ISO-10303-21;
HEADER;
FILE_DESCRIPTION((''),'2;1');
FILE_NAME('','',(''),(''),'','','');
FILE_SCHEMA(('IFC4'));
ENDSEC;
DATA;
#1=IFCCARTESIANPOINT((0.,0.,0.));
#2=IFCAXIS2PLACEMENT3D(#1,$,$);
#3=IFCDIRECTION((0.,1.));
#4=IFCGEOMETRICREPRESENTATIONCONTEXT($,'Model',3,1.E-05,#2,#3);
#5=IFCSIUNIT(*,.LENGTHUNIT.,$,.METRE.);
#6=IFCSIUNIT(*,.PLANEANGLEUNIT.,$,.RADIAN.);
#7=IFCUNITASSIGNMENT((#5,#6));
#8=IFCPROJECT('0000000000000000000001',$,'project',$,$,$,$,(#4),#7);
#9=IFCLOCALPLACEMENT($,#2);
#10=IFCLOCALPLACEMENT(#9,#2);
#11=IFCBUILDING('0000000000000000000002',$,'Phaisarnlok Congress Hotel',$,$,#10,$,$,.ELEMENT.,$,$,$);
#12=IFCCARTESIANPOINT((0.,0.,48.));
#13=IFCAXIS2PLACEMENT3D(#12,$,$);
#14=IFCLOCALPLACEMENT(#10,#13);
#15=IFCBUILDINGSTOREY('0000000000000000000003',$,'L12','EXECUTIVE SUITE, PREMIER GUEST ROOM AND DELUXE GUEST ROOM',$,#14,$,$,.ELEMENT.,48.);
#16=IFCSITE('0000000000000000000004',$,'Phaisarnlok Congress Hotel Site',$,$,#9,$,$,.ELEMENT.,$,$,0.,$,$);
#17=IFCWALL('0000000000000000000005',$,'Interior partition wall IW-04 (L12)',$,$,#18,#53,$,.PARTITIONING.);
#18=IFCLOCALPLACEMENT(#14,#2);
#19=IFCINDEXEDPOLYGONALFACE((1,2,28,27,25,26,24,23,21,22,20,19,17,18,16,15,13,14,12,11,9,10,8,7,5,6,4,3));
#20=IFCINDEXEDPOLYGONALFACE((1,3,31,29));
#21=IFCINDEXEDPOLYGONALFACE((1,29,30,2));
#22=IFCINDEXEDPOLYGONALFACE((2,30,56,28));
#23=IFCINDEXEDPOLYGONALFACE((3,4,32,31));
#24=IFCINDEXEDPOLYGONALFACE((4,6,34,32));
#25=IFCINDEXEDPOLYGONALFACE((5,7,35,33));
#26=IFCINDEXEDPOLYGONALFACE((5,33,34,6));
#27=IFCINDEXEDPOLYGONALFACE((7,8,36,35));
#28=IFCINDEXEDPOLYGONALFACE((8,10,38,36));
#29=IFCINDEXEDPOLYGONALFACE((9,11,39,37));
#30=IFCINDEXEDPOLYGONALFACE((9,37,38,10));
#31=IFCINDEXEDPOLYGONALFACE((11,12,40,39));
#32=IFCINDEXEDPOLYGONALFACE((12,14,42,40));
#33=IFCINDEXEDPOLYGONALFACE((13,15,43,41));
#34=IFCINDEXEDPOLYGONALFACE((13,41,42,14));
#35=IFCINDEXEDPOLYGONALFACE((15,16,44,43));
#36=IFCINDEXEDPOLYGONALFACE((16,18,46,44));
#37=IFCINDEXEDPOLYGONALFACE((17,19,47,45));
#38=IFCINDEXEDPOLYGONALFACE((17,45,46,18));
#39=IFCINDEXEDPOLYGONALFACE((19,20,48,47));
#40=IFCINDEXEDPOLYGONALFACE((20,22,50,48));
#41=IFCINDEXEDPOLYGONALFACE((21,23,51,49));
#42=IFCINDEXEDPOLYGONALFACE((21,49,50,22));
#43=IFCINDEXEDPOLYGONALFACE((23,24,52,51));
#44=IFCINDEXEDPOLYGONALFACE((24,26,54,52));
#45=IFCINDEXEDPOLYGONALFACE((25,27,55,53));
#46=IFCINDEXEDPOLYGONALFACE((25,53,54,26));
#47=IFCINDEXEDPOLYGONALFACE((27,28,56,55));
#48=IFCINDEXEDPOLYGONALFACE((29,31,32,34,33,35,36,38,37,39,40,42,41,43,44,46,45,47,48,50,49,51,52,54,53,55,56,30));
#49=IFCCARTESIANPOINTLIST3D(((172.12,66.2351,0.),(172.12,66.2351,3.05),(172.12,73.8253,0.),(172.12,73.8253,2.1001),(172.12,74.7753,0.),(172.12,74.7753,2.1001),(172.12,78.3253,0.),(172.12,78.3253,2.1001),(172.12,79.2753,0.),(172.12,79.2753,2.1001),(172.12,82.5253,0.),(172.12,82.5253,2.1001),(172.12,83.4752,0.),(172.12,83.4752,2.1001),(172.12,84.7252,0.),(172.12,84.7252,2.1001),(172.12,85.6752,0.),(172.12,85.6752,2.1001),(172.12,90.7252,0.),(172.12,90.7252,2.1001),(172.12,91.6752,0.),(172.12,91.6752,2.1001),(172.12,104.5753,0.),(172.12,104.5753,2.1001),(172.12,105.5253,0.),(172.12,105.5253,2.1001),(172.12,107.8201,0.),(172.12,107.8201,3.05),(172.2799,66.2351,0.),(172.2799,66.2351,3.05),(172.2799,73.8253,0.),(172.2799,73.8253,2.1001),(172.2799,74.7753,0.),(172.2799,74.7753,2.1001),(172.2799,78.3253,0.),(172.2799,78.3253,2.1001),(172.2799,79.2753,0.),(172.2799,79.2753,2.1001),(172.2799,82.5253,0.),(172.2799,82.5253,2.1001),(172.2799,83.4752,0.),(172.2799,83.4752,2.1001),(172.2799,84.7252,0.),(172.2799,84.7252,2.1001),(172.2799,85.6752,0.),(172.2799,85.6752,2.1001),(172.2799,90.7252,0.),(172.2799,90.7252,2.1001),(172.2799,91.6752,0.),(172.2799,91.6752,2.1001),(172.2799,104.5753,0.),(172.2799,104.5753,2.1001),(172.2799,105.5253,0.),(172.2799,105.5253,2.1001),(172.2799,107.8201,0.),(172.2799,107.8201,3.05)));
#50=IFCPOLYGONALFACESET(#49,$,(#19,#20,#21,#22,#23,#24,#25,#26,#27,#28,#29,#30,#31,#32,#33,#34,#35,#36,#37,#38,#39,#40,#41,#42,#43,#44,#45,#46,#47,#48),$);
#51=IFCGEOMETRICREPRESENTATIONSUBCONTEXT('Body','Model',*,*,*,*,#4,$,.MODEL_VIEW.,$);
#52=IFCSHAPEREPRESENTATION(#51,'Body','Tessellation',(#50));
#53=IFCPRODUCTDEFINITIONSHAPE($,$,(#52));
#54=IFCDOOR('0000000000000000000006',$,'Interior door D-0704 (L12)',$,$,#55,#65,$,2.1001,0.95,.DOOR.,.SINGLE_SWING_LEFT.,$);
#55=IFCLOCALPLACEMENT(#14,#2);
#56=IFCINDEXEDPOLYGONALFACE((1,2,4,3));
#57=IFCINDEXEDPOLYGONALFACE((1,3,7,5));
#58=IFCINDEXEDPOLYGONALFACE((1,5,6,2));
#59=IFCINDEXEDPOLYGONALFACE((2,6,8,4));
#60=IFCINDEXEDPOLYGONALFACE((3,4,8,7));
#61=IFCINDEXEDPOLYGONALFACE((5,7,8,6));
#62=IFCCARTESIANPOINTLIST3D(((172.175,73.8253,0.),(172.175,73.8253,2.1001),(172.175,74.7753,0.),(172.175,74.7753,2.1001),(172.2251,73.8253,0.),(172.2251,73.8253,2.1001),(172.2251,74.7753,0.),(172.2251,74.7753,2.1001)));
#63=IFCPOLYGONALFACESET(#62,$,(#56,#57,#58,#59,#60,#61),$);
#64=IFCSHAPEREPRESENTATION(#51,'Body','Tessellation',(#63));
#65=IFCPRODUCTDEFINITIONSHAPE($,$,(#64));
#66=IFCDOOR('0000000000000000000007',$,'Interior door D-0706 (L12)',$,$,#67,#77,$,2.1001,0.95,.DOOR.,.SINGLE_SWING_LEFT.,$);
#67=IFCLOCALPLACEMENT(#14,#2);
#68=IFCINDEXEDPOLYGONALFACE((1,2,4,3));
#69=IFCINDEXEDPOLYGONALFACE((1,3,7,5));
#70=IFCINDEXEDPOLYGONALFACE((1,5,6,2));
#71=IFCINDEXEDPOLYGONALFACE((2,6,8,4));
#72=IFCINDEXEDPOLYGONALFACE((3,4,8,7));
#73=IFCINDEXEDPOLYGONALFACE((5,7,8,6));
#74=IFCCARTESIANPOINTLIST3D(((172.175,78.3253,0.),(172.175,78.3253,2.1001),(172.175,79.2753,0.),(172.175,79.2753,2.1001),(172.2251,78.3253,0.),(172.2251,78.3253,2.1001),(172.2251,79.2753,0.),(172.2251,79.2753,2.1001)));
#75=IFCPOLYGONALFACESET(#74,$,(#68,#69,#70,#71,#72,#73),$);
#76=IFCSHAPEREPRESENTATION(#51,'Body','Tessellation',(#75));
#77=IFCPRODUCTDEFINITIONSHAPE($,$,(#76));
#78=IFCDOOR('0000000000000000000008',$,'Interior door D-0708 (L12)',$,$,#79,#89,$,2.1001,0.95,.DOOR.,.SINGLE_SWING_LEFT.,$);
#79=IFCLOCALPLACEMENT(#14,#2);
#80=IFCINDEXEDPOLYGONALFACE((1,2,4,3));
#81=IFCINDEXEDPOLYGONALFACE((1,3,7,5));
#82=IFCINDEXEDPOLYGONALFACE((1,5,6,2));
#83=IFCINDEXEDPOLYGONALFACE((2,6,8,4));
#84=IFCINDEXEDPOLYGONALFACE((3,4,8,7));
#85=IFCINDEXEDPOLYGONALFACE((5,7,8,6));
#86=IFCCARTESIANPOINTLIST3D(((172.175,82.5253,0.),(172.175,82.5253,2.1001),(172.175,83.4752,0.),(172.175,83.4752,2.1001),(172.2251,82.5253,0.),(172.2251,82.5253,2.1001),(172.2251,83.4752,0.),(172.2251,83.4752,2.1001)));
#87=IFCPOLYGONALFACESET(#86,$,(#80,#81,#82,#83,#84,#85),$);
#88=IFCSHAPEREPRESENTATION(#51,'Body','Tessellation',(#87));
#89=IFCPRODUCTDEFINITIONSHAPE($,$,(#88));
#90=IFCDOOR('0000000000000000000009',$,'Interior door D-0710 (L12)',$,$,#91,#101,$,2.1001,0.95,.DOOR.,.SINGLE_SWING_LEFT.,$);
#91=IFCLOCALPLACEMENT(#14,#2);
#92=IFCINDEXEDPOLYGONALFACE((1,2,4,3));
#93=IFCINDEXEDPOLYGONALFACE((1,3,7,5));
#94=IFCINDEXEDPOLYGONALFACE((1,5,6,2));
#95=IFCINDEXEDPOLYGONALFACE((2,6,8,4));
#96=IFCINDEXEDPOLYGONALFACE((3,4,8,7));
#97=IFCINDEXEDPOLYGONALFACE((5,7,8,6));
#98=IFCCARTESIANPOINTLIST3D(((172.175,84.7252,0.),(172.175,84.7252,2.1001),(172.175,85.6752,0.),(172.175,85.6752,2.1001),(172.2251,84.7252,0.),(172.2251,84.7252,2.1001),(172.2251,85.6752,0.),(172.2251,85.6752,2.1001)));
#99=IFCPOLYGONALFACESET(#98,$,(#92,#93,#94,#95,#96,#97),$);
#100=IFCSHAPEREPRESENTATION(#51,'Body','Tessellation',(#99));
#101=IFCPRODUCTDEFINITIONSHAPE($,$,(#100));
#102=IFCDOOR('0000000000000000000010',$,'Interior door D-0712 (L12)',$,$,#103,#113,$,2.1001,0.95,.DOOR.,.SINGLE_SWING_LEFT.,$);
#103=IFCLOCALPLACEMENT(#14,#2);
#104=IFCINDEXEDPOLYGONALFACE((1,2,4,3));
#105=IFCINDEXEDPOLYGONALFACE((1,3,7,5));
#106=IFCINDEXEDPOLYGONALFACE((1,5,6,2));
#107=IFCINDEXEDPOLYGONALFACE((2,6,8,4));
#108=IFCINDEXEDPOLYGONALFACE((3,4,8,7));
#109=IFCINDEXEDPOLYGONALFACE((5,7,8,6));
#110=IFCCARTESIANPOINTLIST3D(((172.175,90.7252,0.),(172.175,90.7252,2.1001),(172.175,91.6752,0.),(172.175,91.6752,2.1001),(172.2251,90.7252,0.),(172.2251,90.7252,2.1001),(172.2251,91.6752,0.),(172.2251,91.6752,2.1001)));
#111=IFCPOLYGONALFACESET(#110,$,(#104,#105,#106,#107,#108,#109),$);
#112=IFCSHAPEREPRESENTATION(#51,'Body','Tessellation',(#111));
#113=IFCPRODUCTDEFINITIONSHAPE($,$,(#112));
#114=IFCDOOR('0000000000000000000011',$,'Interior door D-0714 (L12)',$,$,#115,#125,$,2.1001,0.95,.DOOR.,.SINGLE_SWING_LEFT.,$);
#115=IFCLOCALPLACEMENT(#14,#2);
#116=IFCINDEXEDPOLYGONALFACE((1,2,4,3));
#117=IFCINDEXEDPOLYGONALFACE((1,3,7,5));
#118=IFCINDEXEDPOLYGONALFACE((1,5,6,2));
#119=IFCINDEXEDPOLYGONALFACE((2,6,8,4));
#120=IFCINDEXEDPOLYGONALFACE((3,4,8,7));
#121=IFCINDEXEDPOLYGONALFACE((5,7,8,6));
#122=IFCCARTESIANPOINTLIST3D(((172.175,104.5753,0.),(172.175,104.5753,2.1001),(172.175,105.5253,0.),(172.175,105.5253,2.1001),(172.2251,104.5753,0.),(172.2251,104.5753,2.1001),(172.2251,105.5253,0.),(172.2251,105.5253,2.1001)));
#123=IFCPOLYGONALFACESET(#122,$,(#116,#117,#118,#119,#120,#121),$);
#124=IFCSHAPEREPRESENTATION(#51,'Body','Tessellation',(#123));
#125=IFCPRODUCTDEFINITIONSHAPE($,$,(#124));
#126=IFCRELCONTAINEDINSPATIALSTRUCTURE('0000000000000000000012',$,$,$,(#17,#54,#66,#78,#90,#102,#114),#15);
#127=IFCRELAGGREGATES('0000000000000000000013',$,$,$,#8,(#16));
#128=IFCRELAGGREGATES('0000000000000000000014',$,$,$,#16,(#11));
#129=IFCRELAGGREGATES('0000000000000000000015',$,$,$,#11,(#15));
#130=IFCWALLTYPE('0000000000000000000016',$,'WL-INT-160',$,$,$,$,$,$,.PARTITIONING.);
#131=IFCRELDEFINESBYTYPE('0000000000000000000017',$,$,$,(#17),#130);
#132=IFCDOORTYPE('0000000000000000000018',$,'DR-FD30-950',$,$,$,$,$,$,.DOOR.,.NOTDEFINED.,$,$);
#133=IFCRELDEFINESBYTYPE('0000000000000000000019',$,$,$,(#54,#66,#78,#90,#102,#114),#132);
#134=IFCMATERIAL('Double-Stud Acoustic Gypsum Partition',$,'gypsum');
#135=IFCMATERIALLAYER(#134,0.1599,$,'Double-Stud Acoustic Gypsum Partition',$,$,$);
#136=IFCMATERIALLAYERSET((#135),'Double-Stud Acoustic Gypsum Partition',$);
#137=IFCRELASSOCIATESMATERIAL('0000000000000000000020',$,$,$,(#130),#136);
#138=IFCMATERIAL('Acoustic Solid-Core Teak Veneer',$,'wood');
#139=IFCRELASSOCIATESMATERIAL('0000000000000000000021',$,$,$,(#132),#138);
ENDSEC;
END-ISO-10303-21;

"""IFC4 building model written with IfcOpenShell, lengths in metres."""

from ifc_helpers import new_model, si_unit, direction, frame, frame_2d, origin, place, context, subcontext, project, spatial, rectangle, extrude, material, layer, layer_set, type_object, element, fill, save


model = new_model("IFC4")

# Units and contexts
model_context = context("Model", 3, precision=1e-05, world=origin(), true_north=direction((0.0, 1.0)))
body_context = subcontext(model_context, "Body", "Model", "MODEL_VIEW")
ifc_project = project(units=[si_unit("LENGTHUNIT", "METRE"), si_unit("PLANEANGLEUNIT", "RADIAN")], contexts=[model_context])

# Site, building, storey
site_placement = place(None, origin())
site = spatial("IfcSite", under=ifc_project, at=site_placement, Name="Phaisarnlok Congress Hotel Site", CompositionType="ELEMENT", RefElevation=0.0)
building_placement = place(site_placement, origin())
building = spatial("IfcBuilding", under=site, at=building_placement, Name="Phaisarnlok Congress Hotel", CompositionType="ELEMENT")
storey_placement = place(building_placement, frame((0.0, 0.0, 48.0)))
storey = spatial("IfcBuildingStorey", under=building, at=storey_placement, Name="L12", Description="EXECUTIVE SUITE, PREMIER GUEST ROOM AND DELUXE GUEST ROOM", CompositionType="ELEMENT", Elevation=48.0)

# Wall, openings, doors
ifc_material_1 = material(Name="Double-Stud Acoustic Gypsum Partition", Category="gypsum")
ifc_layer_1 = layer(ifc_material_1, 0.1599, Name="Double-Stud Acoustic Gypsum Partition")
ifc_layer_set_1 = layer_set([ifc_layer_1], Name="Double-Stud Acoustic Gypsum Partition")
wall_type_1 = type_object("IfcWallType", Name="WL-INT-160", PredefinedType="PARTITIONING", material=ifc_layer_set_1)
wall_1_placement = place(storey_placement, frame((172.2, 66.2351, 0.0), z_axis=(0.0, 0.0, 1.0), x_axis=(0.0, 1.0, 0.0)))
wall_1 = element("IfcWall", 1, at=wall_1_placement, inside=storey, type_object=wall_type_1, Name="Interior partition wall IW-04 (L12)", PredefinedType="PARTITIONING", context=body_context, shape_type="SweptSolid", body=[
    extrude(rectangle(XDim=41.585, YDim=0.1599, at=frame_2d((20.7925, 0.0))), origin(), (0.0, 0.0, 1.0), 3.05),
])
opening_1_placement = place(wall_1_placement, frame((7.5901, 0.0, 0.0)))
opening_1 = element("IfcOpeningElement", 2, at=opening_1_placement, cuts=wall_1, PredefinedType="OPENING", context=body_context, shape_type="SweptSolid", body=[
    extrude(rectangle(XDim=0.95, YDim=2.1001, at=frame_2d((0.4751, 1.05))), frame((0.0, 0.0898, 0.0), z_axis=(0.0, -1.0, 0.0), x_axis=(1.0, 0.0, 0.0)), (0.0, 0.0, 1.0), 0.1799),
])
opening_2_placement = place(wall_1_placement, frame((12.0901, 0.0, 0.0)))
opening_2 = element("IfcOpeningElement", 3, at=opening_2_placement, cuts=wall_1, PredefinedType="OPENING", context=body_context, shape_type="SweptSolid", body=[
    extrude(rectangle(XDim=0.95, YDim=2.1001, at=frame_2d((0.4751, 1.05))), frame((0.0, 0.0898, 0.0), z_axis=(0.0, -1.0, 0.0), x_axis=(1.0, 0.0, 0.0)), (0.0, 0.0, 1.0), 0.1799),
])
opening_3_placement = place(wall_1_placement, frame((16.29, 0.0, 0.0)))
opening_3 = element("IfcOpeningElement", 4, at=opening_3_placement, cuts=wall_1, PredefinedType="OPENING", context=body_context, shape_type="SweptSolid", body=[
    extrude(rectangle(XDim=0.95, YDim=2.1001, at=frame_2d((0.4751, 1.05))), frame((0.0, 0.0898, 0.0), z_axis=(0.0, -1.0, 0.0), x_axis=(1.0, 0.0, 0.0)), (0.0, 0.0, 1.0), 0.1799),
])
opening_4_placement = place(wall_1_placement, frame((18.49, 0.0, 0.0)))
opening_4 = element("IfcOpeningElement", 5, at=opening_4_placement, cuts=wall_1, PredefinedType="OPENING", context=body_context, shape_type="SweptSolid", body=[
    extrude(rectangle(XDim=0.95, YDim=2.1001, at=frame_2d((0.4751, 1.05))), frame((0.0, 0.0898, 0.0), z_axis=(0.0, -1.0, 0.0), x_axis=(1.0, 0.0, 0.0)), (0.0, 0.0, 1.0), 0.1799),
])
opening_5_placement = place(wall_1_placement, frame((24.49, 0.0, 0.0)))
opening_5 = element("IfcOpeningElement", 6, at=opening_5_placement, cuts=wall_1, PredefinedType="OPENING", context=body_context, shape_type="SweptSolid", body=[
    extrude(rectangle(XDim=0.95, YDim=2.1001, at=frame_2d((0.4751, 1.05))), frame((0.0, 0.0898, 0.0), z_axis=(0.0, -1.0, 0.0), x_axis=(1.0, 0.0, 0.0)), (0.0, 0.0, 1.0), 0.1799),
])
opening_6_placement = place(wall_1_placement, frame((38.3401, 0.0, 0.0)))
opening_6 = element("IfcOpeningElement", 7, at=opening_6_placement, cuts=wall_1, PredefinedType="OPENING", context=body_context, shape_type="SweptSolid", body=[
    extrude(rectangle(XDim=0.95, YDim=2.1001, at=frame_2d((0.4751, 1.05))), frame((0.0, 0.0898, 0.0), z_axis=(0.0, -1.0, 0.0), x_axis=(1.0, 0.0, 0.0)), (0.0, 0.0, 1.0), 0.1799),
])
ifc_material_2 = material(Name="Acoustic Solid-Core Teak Veneer", Category="wood")
door_type_1 = type_object("IfcDoorType", Name="DR-FD30-950", OperationType="NOTDEFINED", PredefinedType="DOOR", material=ifc_material_2)
door_1_placement = place(opening_1_placement, origin())
door_1 = element("IfcDoor", 8, at=door_1_placement, inside=storey, type_object=door_type_1, Name="Interior door D-0704 (L12)", OperationType="SINGLE_SWING_LEFT", OverallHeight=2.1001, OverallWidth=0.95, PredefinedType="DOOR", context=body_context, shape_type="SweptSolid", body=[
    extrude(rectangle(XDim=0.95, YDim=2.1001, at=frame_2d((0.4751, 1.05))), frame((0.0, 0.0249, 0.0), z_axis=(0.0, -1.0, 0.0), x_axis=(1.0, 0.0, 0.0)), (0.0, 0.0, 1.0), 0.05),
])
fill(opening_1, door_1)
door_2_placement = place(opening_2_placement, origin())
door_2 = element("IfcDoor", 9, at=door_2_placement, inside=storey, type_object=door_type_1, Name="Interior door D-0706 (L12)", OperationType="SINGLE_SWING_LEFT", OverallHeight=2.1001, OverallWidth=0.95, PredefinedType="DOOR", context=body_context, shape_type="SweptSolid", body=[
    extrude(rectangle(XDim=0.95, YDim=2.1001, at=frame_2d((0.4751, 1.05))), frame((0.0, 0.0249, 0.0), z_axis=(0.0, -1.0, 0.0), x_axis=(1.0, 0.0, 0.0)), (0.0, 0.0, 1.0), 0.05),
])
fill(opening_2, door_2)
door_3_placement = place(opening_3_placement, origin())
door_3 = element("IfcDoor", 10, at=door_3_placement, inside=storey, type_object=door_type_1, Name="Interior door D-0708 (L12)", OperationType="SINGLE_SWING_LEFT", OverallHeight=2.1001, OverallWidth=0.95, PredefinedType="DOOR", context=body_context, shape_type="SweptSolid", body=[
    extrude(rectangle(XDim=0.95, YDim=2.1001, at=frame_2d((0.4751, 1.05))), frame((0.0, 0.0249, 0.0), z_axis=(0.0, -1.0, 0.0), x_axis=(1.0, 0.0, 0.0)), (0.0, 0.0, 1.0), 0.05),
])
fill(opening_3, door_3)
door_4_placement = place(opening_4_placement, origin())
door_4 = element("IfcDoor", 11, at=door_4_placement, inside=storey, type_object=door_type_1, Name="Interior door D-0710 (L12)", OperationType="SINGLE_SWING_LEFT", OverallHeight=2.1001, OverallWidth=0.95, PredefinedType="DOOR", context=body_context, shape_type="SweptSolid", body=[
    extrude(rectangle(XDim=0.95, YDim=2.1001, at=frame_2d((0.4751, 1.05))), frame((0.0, 0.0249, 0.0), z_axis=(0.0, -1.0, 0.0), x_axis=(1.0, 0.0, 0.0)), (0.0, 0.0, 1.0), 0.05),
])
fill(opening_4, door_4)
door_5_placement = place(opening_5_placement, origin())
door_5 = element("IfcDoor", 12, at=door_5_placement, inside=storey, type_object=door_type_1, Name="Interior door D-0712 (L12)", OperationType="SINGLE_SWING_LEFT", OverallHeight=2.1001, OverallWidth=0.95, PredefinedType="DOOR", context=body_context, shape_type="SweptSolid", body=[
    extrude(rectangle(XDim=0.95, YDim=2.1001, at=frame_2d((0.4751, 1.05))), frame((0.0, 0.0249, 0.0), z_axis=(0.0, -1.0, 0.0), x_axis=(1.0, 0.0, 0.0)), (0.0, 0.0, 1.0), 0.05),
])
fill(opening_5, door_5)
door_6_placement = place(opening_6_placement, origin())
door_6 = element("IfcDoor", 13, at=door_6_placement, inside=storey, type_object=door_type_1, Name="Interior door D-0714 (L12)", OperationType="SINGLE_SWING_LEFT", OverallHeight=2.1001, OverallWidth=0.95, PredefinedType="DOOR", context=body_context, shape_type="SweptSolid", body=[
    extrude(rectangle(XDim=0.95, YDim=2.1001, at=frame_2d((0.4751, 1.05))), frame((0.0, 0.0249, 0.0), z_axis=(0.0, -1.0, 0.0), x_axis=(1.0, 0.0, 0.0)), (0.0, 0.0, 1.0), 0.05),
])
fill(opening_6, door_6)

save(model, "model.ifc")
